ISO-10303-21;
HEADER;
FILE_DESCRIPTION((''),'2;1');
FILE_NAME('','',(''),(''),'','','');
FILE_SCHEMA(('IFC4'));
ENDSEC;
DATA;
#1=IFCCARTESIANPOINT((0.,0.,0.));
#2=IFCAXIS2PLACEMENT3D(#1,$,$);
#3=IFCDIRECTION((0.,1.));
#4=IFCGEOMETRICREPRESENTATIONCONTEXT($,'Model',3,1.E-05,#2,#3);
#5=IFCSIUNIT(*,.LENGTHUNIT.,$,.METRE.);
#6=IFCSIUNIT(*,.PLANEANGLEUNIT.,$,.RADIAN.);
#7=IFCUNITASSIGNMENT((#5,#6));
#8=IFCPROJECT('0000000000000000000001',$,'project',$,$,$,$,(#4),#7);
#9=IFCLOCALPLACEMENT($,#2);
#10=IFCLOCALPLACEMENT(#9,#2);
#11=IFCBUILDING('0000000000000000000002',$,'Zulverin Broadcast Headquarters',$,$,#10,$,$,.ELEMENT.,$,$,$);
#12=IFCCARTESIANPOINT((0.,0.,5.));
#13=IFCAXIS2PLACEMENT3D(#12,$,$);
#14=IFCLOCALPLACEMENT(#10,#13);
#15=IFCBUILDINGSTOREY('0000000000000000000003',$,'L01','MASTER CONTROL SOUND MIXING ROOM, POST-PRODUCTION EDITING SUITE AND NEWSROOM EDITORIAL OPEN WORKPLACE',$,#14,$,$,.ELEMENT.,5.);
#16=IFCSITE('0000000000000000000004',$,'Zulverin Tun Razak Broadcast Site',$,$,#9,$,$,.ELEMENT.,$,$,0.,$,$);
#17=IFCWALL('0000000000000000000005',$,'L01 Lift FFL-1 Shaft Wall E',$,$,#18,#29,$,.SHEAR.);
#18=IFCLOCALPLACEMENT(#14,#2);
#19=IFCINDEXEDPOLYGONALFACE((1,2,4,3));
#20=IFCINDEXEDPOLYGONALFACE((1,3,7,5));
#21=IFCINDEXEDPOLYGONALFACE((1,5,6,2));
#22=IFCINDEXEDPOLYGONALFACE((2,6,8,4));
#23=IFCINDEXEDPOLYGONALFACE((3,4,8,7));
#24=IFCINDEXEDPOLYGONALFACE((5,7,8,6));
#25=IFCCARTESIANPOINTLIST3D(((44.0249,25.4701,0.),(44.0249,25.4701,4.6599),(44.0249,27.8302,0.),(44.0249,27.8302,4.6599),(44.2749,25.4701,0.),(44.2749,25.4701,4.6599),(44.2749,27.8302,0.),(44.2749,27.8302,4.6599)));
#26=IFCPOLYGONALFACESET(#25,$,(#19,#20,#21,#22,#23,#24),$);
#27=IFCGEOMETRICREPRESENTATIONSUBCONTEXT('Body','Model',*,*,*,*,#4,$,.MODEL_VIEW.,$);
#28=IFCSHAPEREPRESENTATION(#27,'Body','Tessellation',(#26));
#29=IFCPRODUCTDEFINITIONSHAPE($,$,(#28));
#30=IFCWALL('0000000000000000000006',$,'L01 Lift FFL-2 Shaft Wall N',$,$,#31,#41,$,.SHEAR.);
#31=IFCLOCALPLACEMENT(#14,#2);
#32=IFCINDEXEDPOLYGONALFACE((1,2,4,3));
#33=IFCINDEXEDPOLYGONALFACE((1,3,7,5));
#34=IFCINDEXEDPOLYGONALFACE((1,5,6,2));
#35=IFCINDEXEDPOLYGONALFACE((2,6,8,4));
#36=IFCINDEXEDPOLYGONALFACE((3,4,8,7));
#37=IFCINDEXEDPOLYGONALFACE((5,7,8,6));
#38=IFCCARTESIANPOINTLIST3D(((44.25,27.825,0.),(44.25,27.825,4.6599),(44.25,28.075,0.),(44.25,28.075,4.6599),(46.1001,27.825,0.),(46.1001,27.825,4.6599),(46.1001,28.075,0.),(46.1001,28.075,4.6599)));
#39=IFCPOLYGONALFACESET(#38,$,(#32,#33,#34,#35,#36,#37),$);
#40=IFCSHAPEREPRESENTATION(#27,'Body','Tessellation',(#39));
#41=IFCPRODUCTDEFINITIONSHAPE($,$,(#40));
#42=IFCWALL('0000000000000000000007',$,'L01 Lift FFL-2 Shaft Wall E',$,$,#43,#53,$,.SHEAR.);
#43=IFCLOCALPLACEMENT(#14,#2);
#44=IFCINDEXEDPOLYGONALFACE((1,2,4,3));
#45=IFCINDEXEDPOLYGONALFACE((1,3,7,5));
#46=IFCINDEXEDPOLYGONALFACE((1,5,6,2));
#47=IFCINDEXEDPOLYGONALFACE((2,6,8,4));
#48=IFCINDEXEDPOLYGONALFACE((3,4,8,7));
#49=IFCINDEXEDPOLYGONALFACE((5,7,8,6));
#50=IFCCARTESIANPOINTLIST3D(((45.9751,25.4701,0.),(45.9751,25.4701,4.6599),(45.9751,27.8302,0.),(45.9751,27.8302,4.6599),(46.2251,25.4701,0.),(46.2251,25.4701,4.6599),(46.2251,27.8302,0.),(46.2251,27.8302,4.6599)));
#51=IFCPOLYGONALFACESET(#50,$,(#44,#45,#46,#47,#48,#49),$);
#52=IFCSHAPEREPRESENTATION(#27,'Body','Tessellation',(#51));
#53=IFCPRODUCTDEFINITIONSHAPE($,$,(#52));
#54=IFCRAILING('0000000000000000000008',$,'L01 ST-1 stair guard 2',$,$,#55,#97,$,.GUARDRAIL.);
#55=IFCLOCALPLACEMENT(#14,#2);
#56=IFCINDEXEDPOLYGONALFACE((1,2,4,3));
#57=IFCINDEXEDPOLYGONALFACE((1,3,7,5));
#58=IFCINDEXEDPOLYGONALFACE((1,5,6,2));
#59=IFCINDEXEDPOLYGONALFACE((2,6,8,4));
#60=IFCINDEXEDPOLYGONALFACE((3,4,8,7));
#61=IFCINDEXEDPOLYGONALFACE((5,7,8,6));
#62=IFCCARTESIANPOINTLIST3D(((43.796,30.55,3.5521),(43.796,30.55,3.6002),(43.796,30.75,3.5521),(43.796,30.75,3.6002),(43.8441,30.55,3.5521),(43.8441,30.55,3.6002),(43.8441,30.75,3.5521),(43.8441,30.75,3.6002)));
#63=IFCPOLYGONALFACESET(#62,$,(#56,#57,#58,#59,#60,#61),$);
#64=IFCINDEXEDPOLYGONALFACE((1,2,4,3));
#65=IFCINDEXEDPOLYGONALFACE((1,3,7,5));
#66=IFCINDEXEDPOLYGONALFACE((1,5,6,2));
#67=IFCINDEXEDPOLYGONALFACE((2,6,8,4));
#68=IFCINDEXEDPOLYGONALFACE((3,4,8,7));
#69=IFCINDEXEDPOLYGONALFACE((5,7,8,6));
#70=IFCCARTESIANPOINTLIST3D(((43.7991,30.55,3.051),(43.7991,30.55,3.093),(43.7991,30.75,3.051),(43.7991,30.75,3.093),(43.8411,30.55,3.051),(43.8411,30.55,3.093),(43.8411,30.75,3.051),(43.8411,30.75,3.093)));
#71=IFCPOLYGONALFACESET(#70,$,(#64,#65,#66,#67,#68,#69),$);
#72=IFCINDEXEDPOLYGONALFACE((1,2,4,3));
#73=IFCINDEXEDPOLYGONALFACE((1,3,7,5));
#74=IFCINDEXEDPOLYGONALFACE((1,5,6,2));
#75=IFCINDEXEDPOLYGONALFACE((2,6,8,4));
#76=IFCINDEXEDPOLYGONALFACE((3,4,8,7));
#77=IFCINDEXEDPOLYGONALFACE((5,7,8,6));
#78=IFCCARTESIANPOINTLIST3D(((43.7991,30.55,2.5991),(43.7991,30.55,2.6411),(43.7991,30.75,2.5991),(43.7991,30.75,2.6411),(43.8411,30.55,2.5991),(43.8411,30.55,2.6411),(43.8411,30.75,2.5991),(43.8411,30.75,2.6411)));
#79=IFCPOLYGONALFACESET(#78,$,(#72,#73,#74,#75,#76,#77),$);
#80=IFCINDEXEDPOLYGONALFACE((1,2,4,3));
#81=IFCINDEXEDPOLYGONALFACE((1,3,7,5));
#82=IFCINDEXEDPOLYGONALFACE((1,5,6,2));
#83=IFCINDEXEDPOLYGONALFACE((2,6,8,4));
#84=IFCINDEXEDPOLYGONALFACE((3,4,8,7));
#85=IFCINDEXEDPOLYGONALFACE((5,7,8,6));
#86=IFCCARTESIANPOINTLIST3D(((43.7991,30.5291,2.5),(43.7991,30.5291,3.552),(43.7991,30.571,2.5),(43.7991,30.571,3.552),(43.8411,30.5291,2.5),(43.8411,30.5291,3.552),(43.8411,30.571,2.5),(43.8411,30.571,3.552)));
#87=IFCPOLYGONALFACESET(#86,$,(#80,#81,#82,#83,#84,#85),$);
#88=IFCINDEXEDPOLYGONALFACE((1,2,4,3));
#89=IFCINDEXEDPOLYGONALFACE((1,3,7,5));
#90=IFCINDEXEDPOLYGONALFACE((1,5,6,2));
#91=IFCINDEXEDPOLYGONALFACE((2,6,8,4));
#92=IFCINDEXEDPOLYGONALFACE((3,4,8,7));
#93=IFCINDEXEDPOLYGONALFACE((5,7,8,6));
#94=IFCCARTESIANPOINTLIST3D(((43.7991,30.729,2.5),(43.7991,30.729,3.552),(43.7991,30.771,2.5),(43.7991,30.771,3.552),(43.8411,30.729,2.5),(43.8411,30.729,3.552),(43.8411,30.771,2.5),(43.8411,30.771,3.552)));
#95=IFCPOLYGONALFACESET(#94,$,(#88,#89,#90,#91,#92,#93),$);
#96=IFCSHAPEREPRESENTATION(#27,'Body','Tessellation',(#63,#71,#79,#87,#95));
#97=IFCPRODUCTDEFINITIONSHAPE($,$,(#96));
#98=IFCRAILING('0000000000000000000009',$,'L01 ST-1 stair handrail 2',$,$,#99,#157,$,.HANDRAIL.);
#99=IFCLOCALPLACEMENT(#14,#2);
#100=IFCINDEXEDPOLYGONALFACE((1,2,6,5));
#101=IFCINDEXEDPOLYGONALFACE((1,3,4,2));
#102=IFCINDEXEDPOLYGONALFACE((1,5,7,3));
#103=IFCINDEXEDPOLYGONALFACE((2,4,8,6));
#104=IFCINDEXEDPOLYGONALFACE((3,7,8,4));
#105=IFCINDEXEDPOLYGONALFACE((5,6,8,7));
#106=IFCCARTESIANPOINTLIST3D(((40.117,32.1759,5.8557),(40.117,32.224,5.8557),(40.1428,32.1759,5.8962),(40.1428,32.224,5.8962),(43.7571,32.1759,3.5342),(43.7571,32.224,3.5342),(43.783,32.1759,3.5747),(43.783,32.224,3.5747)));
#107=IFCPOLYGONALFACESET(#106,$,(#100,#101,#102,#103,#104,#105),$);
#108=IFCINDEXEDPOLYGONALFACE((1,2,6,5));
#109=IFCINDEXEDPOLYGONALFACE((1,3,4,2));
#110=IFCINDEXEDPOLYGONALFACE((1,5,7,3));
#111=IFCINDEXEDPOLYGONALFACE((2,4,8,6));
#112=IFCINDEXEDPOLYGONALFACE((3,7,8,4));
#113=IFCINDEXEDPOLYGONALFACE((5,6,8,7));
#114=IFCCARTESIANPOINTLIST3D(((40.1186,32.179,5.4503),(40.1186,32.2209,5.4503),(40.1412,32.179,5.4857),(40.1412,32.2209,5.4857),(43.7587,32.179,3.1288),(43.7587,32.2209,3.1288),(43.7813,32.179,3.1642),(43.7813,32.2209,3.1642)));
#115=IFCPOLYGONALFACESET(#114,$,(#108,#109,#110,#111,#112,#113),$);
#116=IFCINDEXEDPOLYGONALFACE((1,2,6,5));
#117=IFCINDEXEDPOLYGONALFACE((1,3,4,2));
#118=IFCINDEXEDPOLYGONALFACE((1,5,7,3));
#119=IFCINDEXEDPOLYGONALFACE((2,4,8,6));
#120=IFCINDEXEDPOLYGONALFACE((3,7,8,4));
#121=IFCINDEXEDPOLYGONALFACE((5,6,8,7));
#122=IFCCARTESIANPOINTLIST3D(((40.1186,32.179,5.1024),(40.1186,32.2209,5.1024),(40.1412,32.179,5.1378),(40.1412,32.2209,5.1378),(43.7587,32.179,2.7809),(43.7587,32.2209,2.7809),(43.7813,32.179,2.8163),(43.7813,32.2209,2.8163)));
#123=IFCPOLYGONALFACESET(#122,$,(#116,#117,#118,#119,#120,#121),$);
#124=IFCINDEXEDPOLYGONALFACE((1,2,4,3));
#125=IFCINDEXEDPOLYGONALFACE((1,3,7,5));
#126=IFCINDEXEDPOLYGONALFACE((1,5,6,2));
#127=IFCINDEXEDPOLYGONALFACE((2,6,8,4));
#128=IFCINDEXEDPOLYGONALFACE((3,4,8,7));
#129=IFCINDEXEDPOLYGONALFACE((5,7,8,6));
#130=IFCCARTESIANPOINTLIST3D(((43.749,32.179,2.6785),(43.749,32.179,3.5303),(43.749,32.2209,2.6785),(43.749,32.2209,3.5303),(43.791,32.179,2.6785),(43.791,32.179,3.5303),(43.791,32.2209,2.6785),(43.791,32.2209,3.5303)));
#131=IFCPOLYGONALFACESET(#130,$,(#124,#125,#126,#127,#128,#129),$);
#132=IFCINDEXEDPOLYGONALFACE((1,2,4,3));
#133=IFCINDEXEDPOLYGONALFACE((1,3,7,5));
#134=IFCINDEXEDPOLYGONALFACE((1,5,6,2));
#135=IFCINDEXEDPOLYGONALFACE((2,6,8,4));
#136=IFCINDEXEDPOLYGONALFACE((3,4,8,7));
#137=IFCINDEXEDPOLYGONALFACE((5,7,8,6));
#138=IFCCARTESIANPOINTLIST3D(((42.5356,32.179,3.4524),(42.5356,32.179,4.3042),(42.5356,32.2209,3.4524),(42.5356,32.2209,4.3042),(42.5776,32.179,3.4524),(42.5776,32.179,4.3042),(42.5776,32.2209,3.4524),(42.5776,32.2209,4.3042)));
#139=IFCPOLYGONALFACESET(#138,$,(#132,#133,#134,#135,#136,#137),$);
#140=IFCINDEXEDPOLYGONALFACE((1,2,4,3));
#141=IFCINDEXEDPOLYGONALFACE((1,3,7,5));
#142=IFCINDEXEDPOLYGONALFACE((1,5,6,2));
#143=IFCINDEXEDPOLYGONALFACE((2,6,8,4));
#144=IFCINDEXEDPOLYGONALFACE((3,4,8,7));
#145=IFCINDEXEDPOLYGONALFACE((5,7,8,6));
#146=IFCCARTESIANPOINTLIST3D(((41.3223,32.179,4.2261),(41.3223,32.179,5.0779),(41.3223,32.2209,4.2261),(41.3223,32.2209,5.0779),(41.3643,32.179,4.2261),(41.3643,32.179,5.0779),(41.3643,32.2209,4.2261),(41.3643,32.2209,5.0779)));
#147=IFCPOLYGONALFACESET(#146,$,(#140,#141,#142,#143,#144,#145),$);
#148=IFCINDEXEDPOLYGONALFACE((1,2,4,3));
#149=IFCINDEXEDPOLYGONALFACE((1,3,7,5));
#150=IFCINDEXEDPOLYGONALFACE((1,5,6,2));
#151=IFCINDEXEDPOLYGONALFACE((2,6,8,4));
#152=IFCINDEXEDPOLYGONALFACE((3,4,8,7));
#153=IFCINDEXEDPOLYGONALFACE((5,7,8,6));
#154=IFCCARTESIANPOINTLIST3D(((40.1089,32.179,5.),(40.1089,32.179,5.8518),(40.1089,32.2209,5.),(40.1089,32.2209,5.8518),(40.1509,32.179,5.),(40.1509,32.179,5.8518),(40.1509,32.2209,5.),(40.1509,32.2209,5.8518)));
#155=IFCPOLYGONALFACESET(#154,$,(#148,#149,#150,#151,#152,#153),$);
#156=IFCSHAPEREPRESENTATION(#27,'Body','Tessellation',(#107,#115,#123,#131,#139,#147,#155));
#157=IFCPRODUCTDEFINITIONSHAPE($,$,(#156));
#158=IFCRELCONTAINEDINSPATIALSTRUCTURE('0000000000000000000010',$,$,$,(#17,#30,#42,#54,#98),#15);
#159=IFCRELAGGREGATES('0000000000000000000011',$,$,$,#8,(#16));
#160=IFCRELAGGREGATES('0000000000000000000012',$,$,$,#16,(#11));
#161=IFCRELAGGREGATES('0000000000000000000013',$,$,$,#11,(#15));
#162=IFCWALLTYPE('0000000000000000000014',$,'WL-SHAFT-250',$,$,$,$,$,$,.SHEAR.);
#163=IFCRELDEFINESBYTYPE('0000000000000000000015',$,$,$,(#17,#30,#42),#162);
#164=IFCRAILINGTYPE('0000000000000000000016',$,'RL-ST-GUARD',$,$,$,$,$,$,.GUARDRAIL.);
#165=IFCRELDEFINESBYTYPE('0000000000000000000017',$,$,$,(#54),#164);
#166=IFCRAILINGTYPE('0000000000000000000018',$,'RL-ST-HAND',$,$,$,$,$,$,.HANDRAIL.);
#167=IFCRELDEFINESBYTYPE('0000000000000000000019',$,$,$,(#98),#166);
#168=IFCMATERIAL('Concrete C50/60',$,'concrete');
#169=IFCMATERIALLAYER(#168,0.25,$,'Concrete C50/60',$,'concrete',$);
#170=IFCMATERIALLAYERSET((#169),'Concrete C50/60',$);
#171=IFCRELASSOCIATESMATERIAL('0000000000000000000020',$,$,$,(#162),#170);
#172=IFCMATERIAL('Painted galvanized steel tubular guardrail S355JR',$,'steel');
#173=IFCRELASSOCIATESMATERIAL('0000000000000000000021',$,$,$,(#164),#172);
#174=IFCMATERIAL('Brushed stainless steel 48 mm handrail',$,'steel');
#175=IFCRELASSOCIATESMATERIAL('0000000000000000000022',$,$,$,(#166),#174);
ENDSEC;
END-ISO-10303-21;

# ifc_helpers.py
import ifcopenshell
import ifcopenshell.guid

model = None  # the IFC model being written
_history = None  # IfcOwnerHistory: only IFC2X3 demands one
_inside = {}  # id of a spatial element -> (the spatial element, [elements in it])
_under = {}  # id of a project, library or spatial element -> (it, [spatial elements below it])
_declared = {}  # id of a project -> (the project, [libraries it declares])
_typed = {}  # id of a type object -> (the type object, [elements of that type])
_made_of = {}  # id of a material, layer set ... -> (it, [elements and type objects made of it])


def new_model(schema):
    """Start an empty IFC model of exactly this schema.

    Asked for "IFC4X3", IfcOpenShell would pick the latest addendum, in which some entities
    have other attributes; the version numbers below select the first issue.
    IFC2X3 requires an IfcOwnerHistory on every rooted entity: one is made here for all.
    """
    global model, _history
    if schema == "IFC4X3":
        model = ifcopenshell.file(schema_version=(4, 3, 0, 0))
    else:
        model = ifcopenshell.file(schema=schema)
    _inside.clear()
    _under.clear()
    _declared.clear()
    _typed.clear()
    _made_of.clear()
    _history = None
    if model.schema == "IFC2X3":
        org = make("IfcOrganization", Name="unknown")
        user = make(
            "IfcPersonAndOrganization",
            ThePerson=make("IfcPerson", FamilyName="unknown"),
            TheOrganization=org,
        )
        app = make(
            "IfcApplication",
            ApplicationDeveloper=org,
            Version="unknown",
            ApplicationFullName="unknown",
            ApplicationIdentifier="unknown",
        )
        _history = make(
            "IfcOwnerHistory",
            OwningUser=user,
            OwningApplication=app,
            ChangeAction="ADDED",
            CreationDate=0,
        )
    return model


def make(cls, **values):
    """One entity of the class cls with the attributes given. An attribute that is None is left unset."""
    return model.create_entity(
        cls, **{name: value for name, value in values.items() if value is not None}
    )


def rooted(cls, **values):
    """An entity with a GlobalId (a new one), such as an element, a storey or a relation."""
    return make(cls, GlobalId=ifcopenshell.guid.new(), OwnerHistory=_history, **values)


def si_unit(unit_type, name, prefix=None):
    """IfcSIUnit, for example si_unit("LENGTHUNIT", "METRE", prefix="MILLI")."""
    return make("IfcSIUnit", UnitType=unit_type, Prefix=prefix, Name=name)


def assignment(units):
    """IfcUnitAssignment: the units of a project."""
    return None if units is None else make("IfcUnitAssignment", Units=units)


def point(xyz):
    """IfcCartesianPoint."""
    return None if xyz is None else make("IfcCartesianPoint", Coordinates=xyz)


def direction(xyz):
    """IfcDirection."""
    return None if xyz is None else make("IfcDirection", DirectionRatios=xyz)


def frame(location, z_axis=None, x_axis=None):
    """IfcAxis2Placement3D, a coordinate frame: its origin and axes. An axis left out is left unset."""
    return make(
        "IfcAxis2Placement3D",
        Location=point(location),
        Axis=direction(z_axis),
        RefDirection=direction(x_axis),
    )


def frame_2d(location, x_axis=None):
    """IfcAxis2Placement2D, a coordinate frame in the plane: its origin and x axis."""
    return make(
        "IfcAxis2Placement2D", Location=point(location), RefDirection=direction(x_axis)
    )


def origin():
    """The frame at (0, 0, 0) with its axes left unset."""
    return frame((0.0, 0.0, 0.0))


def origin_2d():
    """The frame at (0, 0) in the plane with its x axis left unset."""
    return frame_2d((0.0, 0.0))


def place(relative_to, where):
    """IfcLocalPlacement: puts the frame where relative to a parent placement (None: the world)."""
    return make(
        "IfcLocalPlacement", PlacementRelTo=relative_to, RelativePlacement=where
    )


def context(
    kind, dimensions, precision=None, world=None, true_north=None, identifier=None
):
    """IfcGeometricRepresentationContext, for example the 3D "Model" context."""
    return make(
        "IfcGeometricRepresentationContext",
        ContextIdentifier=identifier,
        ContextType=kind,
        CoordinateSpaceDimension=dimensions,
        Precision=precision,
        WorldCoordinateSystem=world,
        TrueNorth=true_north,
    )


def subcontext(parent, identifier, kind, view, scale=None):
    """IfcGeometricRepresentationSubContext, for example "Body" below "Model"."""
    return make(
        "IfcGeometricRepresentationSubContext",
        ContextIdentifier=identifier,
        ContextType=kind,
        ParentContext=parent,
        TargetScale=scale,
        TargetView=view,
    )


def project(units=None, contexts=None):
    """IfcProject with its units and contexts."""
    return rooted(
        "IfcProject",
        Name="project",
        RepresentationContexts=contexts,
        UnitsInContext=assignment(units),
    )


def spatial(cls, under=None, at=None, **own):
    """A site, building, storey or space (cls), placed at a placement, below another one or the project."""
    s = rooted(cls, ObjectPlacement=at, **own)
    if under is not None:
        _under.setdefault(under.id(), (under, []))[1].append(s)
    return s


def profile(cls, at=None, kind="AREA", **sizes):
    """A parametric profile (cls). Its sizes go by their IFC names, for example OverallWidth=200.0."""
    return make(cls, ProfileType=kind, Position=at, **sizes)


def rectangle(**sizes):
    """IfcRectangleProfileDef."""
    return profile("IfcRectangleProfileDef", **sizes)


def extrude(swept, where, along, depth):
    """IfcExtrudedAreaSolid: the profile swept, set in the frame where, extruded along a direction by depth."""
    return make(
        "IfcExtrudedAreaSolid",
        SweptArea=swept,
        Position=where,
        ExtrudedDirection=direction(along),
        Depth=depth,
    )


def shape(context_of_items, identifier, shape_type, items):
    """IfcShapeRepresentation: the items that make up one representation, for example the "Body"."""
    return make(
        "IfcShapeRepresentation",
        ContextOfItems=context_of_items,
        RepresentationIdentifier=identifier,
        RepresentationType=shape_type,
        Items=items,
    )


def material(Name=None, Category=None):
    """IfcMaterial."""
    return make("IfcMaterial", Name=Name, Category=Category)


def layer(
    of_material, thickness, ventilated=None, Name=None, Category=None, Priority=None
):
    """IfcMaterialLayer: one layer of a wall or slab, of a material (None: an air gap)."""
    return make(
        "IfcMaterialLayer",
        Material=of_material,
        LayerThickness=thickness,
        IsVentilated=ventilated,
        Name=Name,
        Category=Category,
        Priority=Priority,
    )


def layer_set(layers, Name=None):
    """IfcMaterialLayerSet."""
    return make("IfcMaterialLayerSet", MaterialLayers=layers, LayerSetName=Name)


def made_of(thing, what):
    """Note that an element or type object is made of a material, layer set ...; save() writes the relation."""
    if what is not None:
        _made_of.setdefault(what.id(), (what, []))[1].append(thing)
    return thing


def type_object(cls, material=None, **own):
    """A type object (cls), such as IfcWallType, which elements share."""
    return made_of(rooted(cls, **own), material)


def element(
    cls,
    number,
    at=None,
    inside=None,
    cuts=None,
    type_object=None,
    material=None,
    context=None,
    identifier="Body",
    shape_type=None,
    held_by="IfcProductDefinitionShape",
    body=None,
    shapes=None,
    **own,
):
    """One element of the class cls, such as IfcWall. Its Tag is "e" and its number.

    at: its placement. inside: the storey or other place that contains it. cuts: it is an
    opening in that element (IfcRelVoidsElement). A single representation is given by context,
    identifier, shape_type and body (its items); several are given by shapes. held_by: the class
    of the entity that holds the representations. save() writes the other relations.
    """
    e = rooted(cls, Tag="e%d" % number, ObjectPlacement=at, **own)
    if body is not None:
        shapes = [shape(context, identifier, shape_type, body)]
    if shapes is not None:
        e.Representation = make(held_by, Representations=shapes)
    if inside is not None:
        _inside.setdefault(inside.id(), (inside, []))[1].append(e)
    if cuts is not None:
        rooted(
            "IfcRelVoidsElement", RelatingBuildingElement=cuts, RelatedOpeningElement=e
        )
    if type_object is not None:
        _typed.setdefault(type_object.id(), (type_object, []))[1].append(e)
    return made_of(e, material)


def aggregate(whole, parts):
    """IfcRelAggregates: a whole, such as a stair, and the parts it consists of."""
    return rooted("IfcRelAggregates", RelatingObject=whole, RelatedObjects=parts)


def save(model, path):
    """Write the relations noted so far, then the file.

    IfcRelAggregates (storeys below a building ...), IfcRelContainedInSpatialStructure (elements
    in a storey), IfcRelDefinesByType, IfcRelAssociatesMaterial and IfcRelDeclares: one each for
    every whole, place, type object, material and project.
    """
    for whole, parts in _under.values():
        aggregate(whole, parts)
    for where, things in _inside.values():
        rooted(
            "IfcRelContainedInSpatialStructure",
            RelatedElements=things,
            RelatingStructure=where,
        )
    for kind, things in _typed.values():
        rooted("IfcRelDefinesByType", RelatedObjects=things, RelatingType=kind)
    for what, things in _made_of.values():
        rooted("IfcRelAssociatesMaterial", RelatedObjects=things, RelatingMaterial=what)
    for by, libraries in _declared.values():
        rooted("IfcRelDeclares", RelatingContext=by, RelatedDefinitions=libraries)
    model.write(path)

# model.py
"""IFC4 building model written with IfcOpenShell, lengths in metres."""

from ifc_helpers import new_model, si_unit, direction, frame, frame_2d, origin, origin_2d, place, context, subcontext, project, spatial, rectangle, extrude, material, layer, layer_set, type_object, element, save


model = new_model("IFC4")

# Units and contexts
model_context = context("Model", 3, precision=1e-05, world=origin(), true_north=direction((0.0, 1.0)))
body_context = subcontext(model_context, "Body", "Model", "MODEL_VIEW")
ifc_project = project(units=[si_unit("LENGTHUNIT", "METRE"), si_unit("PLANEANGLEUNIT", "RADIAN")], contexts=[model_context])

# Site, building, storey
site_placement = place(None, origin())
site = spatial("IfcSite", under=ifc_project, at=site_placement, Name="Zulverin Tun Razak Broadcast Site", CompositionType="ELEMENT", RefElevation=0.0)
building_placement = place(site_placement, origin())
building = spatial("IfcBuilding", under=site, at=building_placement, Name="Zulverin Broadcast Headquarters", CompositionType="ELEMENT")
storey_placement = place(building_placement, frame((0.0, 0.0, 5.0)))
storey = spatial("IfcBuildingStorey", under=building, at=storey_placement, Name="L01", Description="MASTER CONTROL SOUND MIXING ROOM, POST-PRODUCTION EDITING SUITE AND NEWSROOM EDITORIAL OPEN WORKPLACE", CompositionType="ELEMENT", Elevation=5.0)

# Shared definitions
ifc_material_1 = material(Name="Concrete C50/60", Category="concrete")
ifc_layer_1 = layer(ifc_material_1, 0.25, Name="Concrete C50/60", Category="concrete")
ifc_layer_set_1 = layer_set([ifc_layer_1], Name="Concrete C50/60")
wall_type_1 = type_object("IfcWallType", Name="WL-SHAFT-250", PredefinedType="SHEAR", material=ifc_layer_set_1)

# Wall
wall_1_placement = place(storey_placement, frame((44.1499, 25.47, 0.0), z_axis=(0.0, 0.0, 1.0), x_axis=(0.0, 1.0, 0.0)))
element("IfcWall", 1, at=wall_1_placement, inside=storey, type_object=wall_type_1, Name="L01 Lift FFL-1 Shaft Wall E", PredefinedType="SHEAR", context=body_context, shape_type="SweptSolid", body=[
    extrude(rectangle(XDim=2.3601, YDim=0.25, at=frame_2d((1.1802, 0.0))), origin(), (0.0, 0.0, 1.0), 4.6599),
])

# Walls
wall_2_placement = place(storey_placement, frame((44.25, 27.95, 0.0), z_axis=(0.0, 0.0, 1.0), x_axis=(1.0, 0.0, 0.0)))
element("IfcWall", 2, at=wall_2_placement, inside=storey, type_object=wall_type_1, Name="L01 Lift FFL-2 Shaft Wall N", PredefinedType="SHEAR", context=body_context, shape_type="SweptSolid", body=[
    extrude(rectangle(XDim=1.8501, YDim=0.25, at=frame_2d((0.925, 0.0))), origin(), (0.0, 0.0, 1.0), 4.6599),
])
wall_3_placement = place(storey_placement, frame((46.1001, 25.47, 0.0), z_axis=(0.0, 0.0, 1.0), x_axis=(0.0, 1.0, 0.0)))
element("IfcWall", 3, at=wall_3_placement, inside=storey, type_object=wall_type_1, Name="L01 Lift FFL-2 Shaft Wall E", PredefinedType="SHEAR", context=body_context, shape_type="SweptSolid", body=[
    extrude(rectangle(XDim=2.3601, YDim=0.25, at=frame_2d((1.1802, 0.0))), origin(), (0.0, 0.0, 1.0), 4.6599),
])

# Railings
ifc_material_2 = material(Name="Painted galvanized steel tubular guardrail S355JR", Category="steel")
railing_type_1 = type_object("IfcRailingType", Name="RL-ST-GUARD", PredefinedType="GUARDRAIL", material=ifc_material_2)
railing_1_placement = place(storey_placement, frame((43.8201, 30.55, 2.5)))
element("IfcRailing", 4, at=railing_1_placement, inside=storey, type_object=railing_type_1, Name="L01 ST-1 stair guard 2", PredefinedType="GUARDRAIL", context=body_context, shape_type="SweptSolid", body=[
    extrude(rectangle(XDim=0.0481, YDim=0.0481, at=origin_2d()), frame((0.0, 0.0, 1.0762), z_axis=(0.0, 1.0, 0.0), x_axis=(-1.0, 0.0, 0.0)), (0.0, 0.0, 1.0), 0.2),
    extrude(rectangle(XDim=0.042, YDim=0.042, at=origin_2d()), frame((0.0, 0.0, 0.572), z_axis=(0.0, 1.0, 0.0), x_axis=(-1.0, 0.0, 0.0)), (0.0, 0.0, 1.0), 0.2),
    extrude(rectangle(XDim=0.042, YDim=0.042, at=origin_2d()), frame((0.0, 0.0, 0.1201), z_axis=(0.0, 1.0, 0.0), x_axis=(-1.0, 0.0, 0.0)), (0.0, 0.0, 1.0), 0.2),
    extrude(rectangle(XDim=0.042, YDim=0.042, at=origin_2d()), origin(), (0.0, 0.0, 1.0), 1.052),
    extrude(rectangle(XDim=0.042, YDim=0.042, at=origin_2d()), frame((0.0, 0.2, 0.0)), (0.0, 0.0, 1.0), 1.052),
])
ifc_material_3 = material(Name="Brushed stainless steel 48 mm handrail", Category="steel")
railing_type_2 = type_object("IfcRailingType", Name="RL-ST-HAND", PredefinedType="HANDRAIL", material=ifc_material_3)
railing_2_placement = place(storey_placement, frame((43.77, 32.2, 2.6785)))
element("IfcRailing", 5, at=railing_2_placement, inside=storey, type_object=railing_type_2, Name="L01 ST-1 stair handrail 2", PredefinedType="HANDRAIL", context=body_context, shape_type="SweptSolid", body=[
    extrude(rectangle(XDim=0.0481, YDim=0.0481, at=origin_2d()), frame((0.0, 0.0, 0.876), z_axis=(-0.843128, 0.0, 0.537713), x_axis=(0.0, -1.0, 0.0)), (0.0, 0.0, 1.0), 4.3174),
    extrude(rectangle(XDim=0.042, YDim=0.042, at=origin_2d()), frame((0.0, 0.0, 0.468), z_axis=(-0.843128, 0.0, 0.537713), x_axis=(0.0, -1.0, 0.0)), (0.0, 0.0, 1.0), 4.3174),
    extrude(rectangle(XDim=0.042, YDim=0.042, at=origin_2d()), frame((0.0, 0.0, 0.1201), z_axis=(-0.843128, 0.0, 0.537713), x_axis=(0.0, -1.0, 0.0)), (0.0, 0.0, 1.0), 4.3174),
    extrude(rectangle(XDim=0.042, YDim=0.042, at=origin_2d()), origin(), (0.0, 0.0, 1.0), 0.8518),
    extrude(rectangle(XDim=0.042, YDim=0.042, at=origin_2d()), frame((-1.2134, 0.0, 0.7739)), (0.0, 0.0, 1.0), 0.8518),
    extrude(rectangle(XDim=0.042, YDim=0.042, at=origin_2d()), frame((-2.4268, 0.0, 1.5476)), (0.0, 0.0, 1.0), 0.8518),
    extrude(rectangle(XDim=0.042, YDim=0.042, at=origin_2d()), frame((-3.6401, 0.0, 2.3215)), (0.0, 0.0, 1.0), 0.8518),
])

save(model, "model.ifc")
